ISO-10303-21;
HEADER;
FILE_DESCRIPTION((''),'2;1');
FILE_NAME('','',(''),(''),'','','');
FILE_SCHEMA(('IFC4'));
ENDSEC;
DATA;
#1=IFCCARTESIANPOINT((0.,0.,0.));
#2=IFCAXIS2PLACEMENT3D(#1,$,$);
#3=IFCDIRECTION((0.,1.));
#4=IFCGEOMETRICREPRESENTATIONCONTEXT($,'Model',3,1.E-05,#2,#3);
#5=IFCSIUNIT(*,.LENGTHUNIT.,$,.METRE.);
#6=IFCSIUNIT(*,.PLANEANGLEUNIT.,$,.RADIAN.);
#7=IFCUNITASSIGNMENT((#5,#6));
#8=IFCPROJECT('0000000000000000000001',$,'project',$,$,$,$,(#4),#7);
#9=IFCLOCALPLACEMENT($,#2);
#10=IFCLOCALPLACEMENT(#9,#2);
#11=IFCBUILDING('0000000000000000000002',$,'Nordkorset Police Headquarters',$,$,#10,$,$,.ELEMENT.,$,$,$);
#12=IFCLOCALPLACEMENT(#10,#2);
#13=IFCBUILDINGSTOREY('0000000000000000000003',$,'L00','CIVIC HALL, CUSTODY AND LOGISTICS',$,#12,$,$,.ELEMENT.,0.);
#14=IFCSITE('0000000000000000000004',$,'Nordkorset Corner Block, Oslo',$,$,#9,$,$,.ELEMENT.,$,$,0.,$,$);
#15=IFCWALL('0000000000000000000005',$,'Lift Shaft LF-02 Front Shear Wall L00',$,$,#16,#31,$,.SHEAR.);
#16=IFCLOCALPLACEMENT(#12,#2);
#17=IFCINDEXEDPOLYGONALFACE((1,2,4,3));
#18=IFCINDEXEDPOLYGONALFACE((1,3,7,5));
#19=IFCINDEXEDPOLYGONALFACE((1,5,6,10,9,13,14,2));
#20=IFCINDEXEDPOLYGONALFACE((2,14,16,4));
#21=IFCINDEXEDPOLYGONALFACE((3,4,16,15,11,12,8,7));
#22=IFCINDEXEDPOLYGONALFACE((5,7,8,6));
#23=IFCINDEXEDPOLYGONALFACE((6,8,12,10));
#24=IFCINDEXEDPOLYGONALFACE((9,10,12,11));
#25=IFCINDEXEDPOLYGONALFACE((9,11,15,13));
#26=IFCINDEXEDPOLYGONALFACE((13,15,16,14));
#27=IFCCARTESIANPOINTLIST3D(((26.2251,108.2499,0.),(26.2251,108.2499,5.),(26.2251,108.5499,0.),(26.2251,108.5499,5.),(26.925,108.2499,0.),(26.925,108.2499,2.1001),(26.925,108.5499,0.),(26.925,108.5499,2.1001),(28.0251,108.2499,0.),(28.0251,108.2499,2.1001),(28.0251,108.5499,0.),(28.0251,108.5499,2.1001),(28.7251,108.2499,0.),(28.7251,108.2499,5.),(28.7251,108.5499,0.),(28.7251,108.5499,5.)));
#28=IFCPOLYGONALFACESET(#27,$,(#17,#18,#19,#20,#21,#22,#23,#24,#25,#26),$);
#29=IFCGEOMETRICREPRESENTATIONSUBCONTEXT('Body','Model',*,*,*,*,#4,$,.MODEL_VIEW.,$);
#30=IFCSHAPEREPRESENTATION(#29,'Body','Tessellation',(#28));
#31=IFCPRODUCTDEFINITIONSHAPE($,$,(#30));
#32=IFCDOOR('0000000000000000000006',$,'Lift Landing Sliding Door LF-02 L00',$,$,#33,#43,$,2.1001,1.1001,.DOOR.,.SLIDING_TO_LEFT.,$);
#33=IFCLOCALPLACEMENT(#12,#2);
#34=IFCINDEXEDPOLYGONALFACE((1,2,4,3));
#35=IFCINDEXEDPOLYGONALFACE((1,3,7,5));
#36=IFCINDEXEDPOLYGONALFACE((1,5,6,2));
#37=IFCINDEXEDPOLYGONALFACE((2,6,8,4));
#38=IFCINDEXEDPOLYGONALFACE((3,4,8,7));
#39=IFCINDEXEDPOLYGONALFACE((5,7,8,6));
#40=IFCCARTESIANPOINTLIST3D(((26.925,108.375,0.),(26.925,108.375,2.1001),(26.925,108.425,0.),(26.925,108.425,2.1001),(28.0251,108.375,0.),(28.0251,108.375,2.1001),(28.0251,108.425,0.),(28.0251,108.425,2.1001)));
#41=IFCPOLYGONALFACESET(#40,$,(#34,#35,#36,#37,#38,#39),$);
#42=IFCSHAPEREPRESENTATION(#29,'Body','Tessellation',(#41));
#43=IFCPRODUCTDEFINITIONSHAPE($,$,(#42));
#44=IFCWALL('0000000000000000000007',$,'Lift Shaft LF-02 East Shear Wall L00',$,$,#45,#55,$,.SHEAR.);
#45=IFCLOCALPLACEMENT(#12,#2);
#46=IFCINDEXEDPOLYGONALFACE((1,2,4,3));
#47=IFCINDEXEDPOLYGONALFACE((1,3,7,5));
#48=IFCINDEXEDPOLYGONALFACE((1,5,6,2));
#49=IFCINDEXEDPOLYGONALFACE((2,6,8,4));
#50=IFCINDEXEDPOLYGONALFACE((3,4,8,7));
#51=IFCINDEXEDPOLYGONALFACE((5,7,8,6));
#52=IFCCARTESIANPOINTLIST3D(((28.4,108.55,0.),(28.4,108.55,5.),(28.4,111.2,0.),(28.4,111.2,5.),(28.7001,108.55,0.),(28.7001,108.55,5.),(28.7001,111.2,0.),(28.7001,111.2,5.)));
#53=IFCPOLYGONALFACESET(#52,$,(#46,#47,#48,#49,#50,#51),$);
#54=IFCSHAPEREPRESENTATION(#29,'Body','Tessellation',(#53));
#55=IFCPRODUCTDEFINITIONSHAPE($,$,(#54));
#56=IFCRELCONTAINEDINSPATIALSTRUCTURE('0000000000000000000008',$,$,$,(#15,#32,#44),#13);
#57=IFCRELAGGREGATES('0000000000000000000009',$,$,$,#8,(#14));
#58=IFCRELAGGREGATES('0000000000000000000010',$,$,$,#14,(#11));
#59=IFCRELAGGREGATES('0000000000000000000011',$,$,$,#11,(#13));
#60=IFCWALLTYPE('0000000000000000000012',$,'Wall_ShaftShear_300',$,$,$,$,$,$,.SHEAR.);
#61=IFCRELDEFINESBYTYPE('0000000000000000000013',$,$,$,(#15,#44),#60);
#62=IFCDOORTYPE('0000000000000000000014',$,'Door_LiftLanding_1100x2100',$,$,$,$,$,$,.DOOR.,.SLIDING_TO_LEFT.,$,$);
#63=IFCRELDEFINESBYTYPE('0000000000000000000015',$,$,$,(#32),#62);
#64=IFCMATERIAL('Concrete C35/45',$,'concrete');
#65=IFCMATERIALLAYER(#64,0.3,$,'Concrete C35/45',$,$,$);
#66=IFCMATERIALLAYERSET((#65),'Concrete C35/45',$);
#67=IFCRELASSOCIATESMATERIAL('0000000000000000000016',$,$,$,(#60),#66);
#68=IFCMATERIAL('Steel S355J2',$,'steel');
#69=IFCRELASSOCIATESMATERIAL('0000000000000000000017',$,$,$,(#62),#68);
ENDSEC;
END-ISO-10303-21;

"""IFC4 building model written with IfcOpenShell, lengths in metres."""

from ifc_helpers import new_model, si_unit, direction, frame, frame_2d, origin, place, context, subcontext, project, spatial, rectangle, extrude, material, layer, layer_set, type_object, element, fill, save


model = new_model("IFC4")

# Units and contexts
model_context = context("Model", 3, precision=1e-05, world=origin(), true_north=direction((0.0, 1.0)))
body_context = subcontext(model_context, "Body", "Model", "MODEL_VIEW")
ifc_project = project(units=[si_unit("LENGTHUNIT", "METRE"), si_unit("PLANEANGLEUNIT", "RADIAN")], contexts=[model_context])

# Site, building, storey
site_placement = place(None, origin())
site = spatial("IfcSite", under=ifc_project, at=site_placement, Name="Nordkorset Corner Block, Oslo", CompositionType="ELEMENT", RefElevation=0.0)
building_placement = place(site_placement, origin())
building = spatial("IfcBuilding", under=site, at=building_placement, Name="Nordkorset Police Headquarters", CompositionType="ELEMENT")
storey_placement = place(building_placement, origin())
storey = spatial("IfcBuildingStorey", under=building, at=storey_placement, Name="L00", Description="CIVIC HALL, CUSTODY AND LOGISTICS", CompositionType="ELEMENT", Elevation=0.0)

# Shared definitions
ifc_material_1 = material(Name="Concrete C35/45", Category="concrete")
ifc_layer_1 = layer(ifc_material_1, 0.3, Name="Concrete C35/45")
ifc_layer_set_1 = layer_set([ifc_layer_1], Name="Concrete C35/45")
wall_type_1 = type_object("IfcWallType", Name="Wall_ShaftShear_300", PredefinedType="SHEAR", material=ifc_layer_set_1)

# Wall, opening, door
wall_1_placement = place(storey_placement, frame((26.2251, 108.3999, 0.0), z_axis=(0.0, 0.0, 1.0), x_axis=(1.0, 0.0, 0.0)))
wall_1 = element("IfcWall", 1, at=wall_1_placement, inside=storey, type_object=wall_type_1, Name="Lift Shaft LF-02 Front Shear Wall L00", PredefinedType="SHEAR", context=body_context, shape_type="SweptSolid", body=[
    extrude(rectangle(XDim=2.5, YDim=0.3, at=frame_2d((1.25, 0.0))), origin(), (0.0, 0.0, 1.0), 5.0),
])
opening_1_placement = place(wall_1_placement, frame((0.7, 0.0, 0.0)))
opening_1 = element("IfcOpeningElement", 2, at=opening_1_placement, cuts=wall_1, PredefinedType="OPENING", context=body_context, shape_type="SweptSolid", body=[
    extrude(rectangle(XDim=1.1001, YDim=2.1001, at=frame_2d((0.55, 1.05))), frame((0.0, 0.1602, 0.0), z_axis=(0.0, -1.0, 0.0), x_axis=(1.0, 0.0, 0.0)), (0.0, 0.0, 1.0), 0.3201),
])
ifc_material_2 = material(Name="Steel S355J2", Category="steel")
door_type_1 = type_object("IfcDoorType", Name="Door_LiftLanding_1100x2100", OperationType="SLIDING_TO_LEFT", PredefinedType="DOOR", material=ifc_material_2)
door_1_placement = place(opening_1_placement, frame((1.1001, 0.0, 0.0), z_axis=(0.0, 0.0, 1.0), x_axis=(-1.0, 0.0, 0.0)))
door_1 = element("IfcDoor", 3, at=door_1_placement, inside=storey, type_object=door_type_1, Name="Lift Landing Sliding Door LF-02 L00", OperationType="SLIDING_TO_LEFT", OverallHeight=2.1001, OverallWidth=1.1001, PredefinedType="DOOR", context=body_context, shape_type="SweptSolid", body=[
    extrude(rectangle(XDim=1.1001, YDim=2.1001, at=frame_2d((0.55, 1.05))), frame((0.0, 0.0249, 0.0), z_axis=(0.0, -1.0, 0.0), x_axis=(1.0, 0.0, 0.0)), (0.0, 0.0, 1.0), 0.05),
])
fill(opening_1, door_1)

# Wall
wall_2_placement = place(storey_placement, frame((28.55, 108.55, 0.0), z_axis=(0.0, 0.0, 1.0), x_axis=(0.0, 1.0, 0.0)))
element("IfcWall", 4, at=wall_2_placement, inside=storey, type_object=wall_type_1, Name="Lift Shaft LF-02 East Shear Wall L00", PredefinedType="SHEAR", context=body_context, shape_type="SweptSolid", body=[
    extrude(rectangle(XDim=2.6499, YDim=0.3, at=frame_2d((1.325, 0.0))), origin(), (0.0, 0.0, 1.0), 5.0),
])

save(model, "model.ifc")
